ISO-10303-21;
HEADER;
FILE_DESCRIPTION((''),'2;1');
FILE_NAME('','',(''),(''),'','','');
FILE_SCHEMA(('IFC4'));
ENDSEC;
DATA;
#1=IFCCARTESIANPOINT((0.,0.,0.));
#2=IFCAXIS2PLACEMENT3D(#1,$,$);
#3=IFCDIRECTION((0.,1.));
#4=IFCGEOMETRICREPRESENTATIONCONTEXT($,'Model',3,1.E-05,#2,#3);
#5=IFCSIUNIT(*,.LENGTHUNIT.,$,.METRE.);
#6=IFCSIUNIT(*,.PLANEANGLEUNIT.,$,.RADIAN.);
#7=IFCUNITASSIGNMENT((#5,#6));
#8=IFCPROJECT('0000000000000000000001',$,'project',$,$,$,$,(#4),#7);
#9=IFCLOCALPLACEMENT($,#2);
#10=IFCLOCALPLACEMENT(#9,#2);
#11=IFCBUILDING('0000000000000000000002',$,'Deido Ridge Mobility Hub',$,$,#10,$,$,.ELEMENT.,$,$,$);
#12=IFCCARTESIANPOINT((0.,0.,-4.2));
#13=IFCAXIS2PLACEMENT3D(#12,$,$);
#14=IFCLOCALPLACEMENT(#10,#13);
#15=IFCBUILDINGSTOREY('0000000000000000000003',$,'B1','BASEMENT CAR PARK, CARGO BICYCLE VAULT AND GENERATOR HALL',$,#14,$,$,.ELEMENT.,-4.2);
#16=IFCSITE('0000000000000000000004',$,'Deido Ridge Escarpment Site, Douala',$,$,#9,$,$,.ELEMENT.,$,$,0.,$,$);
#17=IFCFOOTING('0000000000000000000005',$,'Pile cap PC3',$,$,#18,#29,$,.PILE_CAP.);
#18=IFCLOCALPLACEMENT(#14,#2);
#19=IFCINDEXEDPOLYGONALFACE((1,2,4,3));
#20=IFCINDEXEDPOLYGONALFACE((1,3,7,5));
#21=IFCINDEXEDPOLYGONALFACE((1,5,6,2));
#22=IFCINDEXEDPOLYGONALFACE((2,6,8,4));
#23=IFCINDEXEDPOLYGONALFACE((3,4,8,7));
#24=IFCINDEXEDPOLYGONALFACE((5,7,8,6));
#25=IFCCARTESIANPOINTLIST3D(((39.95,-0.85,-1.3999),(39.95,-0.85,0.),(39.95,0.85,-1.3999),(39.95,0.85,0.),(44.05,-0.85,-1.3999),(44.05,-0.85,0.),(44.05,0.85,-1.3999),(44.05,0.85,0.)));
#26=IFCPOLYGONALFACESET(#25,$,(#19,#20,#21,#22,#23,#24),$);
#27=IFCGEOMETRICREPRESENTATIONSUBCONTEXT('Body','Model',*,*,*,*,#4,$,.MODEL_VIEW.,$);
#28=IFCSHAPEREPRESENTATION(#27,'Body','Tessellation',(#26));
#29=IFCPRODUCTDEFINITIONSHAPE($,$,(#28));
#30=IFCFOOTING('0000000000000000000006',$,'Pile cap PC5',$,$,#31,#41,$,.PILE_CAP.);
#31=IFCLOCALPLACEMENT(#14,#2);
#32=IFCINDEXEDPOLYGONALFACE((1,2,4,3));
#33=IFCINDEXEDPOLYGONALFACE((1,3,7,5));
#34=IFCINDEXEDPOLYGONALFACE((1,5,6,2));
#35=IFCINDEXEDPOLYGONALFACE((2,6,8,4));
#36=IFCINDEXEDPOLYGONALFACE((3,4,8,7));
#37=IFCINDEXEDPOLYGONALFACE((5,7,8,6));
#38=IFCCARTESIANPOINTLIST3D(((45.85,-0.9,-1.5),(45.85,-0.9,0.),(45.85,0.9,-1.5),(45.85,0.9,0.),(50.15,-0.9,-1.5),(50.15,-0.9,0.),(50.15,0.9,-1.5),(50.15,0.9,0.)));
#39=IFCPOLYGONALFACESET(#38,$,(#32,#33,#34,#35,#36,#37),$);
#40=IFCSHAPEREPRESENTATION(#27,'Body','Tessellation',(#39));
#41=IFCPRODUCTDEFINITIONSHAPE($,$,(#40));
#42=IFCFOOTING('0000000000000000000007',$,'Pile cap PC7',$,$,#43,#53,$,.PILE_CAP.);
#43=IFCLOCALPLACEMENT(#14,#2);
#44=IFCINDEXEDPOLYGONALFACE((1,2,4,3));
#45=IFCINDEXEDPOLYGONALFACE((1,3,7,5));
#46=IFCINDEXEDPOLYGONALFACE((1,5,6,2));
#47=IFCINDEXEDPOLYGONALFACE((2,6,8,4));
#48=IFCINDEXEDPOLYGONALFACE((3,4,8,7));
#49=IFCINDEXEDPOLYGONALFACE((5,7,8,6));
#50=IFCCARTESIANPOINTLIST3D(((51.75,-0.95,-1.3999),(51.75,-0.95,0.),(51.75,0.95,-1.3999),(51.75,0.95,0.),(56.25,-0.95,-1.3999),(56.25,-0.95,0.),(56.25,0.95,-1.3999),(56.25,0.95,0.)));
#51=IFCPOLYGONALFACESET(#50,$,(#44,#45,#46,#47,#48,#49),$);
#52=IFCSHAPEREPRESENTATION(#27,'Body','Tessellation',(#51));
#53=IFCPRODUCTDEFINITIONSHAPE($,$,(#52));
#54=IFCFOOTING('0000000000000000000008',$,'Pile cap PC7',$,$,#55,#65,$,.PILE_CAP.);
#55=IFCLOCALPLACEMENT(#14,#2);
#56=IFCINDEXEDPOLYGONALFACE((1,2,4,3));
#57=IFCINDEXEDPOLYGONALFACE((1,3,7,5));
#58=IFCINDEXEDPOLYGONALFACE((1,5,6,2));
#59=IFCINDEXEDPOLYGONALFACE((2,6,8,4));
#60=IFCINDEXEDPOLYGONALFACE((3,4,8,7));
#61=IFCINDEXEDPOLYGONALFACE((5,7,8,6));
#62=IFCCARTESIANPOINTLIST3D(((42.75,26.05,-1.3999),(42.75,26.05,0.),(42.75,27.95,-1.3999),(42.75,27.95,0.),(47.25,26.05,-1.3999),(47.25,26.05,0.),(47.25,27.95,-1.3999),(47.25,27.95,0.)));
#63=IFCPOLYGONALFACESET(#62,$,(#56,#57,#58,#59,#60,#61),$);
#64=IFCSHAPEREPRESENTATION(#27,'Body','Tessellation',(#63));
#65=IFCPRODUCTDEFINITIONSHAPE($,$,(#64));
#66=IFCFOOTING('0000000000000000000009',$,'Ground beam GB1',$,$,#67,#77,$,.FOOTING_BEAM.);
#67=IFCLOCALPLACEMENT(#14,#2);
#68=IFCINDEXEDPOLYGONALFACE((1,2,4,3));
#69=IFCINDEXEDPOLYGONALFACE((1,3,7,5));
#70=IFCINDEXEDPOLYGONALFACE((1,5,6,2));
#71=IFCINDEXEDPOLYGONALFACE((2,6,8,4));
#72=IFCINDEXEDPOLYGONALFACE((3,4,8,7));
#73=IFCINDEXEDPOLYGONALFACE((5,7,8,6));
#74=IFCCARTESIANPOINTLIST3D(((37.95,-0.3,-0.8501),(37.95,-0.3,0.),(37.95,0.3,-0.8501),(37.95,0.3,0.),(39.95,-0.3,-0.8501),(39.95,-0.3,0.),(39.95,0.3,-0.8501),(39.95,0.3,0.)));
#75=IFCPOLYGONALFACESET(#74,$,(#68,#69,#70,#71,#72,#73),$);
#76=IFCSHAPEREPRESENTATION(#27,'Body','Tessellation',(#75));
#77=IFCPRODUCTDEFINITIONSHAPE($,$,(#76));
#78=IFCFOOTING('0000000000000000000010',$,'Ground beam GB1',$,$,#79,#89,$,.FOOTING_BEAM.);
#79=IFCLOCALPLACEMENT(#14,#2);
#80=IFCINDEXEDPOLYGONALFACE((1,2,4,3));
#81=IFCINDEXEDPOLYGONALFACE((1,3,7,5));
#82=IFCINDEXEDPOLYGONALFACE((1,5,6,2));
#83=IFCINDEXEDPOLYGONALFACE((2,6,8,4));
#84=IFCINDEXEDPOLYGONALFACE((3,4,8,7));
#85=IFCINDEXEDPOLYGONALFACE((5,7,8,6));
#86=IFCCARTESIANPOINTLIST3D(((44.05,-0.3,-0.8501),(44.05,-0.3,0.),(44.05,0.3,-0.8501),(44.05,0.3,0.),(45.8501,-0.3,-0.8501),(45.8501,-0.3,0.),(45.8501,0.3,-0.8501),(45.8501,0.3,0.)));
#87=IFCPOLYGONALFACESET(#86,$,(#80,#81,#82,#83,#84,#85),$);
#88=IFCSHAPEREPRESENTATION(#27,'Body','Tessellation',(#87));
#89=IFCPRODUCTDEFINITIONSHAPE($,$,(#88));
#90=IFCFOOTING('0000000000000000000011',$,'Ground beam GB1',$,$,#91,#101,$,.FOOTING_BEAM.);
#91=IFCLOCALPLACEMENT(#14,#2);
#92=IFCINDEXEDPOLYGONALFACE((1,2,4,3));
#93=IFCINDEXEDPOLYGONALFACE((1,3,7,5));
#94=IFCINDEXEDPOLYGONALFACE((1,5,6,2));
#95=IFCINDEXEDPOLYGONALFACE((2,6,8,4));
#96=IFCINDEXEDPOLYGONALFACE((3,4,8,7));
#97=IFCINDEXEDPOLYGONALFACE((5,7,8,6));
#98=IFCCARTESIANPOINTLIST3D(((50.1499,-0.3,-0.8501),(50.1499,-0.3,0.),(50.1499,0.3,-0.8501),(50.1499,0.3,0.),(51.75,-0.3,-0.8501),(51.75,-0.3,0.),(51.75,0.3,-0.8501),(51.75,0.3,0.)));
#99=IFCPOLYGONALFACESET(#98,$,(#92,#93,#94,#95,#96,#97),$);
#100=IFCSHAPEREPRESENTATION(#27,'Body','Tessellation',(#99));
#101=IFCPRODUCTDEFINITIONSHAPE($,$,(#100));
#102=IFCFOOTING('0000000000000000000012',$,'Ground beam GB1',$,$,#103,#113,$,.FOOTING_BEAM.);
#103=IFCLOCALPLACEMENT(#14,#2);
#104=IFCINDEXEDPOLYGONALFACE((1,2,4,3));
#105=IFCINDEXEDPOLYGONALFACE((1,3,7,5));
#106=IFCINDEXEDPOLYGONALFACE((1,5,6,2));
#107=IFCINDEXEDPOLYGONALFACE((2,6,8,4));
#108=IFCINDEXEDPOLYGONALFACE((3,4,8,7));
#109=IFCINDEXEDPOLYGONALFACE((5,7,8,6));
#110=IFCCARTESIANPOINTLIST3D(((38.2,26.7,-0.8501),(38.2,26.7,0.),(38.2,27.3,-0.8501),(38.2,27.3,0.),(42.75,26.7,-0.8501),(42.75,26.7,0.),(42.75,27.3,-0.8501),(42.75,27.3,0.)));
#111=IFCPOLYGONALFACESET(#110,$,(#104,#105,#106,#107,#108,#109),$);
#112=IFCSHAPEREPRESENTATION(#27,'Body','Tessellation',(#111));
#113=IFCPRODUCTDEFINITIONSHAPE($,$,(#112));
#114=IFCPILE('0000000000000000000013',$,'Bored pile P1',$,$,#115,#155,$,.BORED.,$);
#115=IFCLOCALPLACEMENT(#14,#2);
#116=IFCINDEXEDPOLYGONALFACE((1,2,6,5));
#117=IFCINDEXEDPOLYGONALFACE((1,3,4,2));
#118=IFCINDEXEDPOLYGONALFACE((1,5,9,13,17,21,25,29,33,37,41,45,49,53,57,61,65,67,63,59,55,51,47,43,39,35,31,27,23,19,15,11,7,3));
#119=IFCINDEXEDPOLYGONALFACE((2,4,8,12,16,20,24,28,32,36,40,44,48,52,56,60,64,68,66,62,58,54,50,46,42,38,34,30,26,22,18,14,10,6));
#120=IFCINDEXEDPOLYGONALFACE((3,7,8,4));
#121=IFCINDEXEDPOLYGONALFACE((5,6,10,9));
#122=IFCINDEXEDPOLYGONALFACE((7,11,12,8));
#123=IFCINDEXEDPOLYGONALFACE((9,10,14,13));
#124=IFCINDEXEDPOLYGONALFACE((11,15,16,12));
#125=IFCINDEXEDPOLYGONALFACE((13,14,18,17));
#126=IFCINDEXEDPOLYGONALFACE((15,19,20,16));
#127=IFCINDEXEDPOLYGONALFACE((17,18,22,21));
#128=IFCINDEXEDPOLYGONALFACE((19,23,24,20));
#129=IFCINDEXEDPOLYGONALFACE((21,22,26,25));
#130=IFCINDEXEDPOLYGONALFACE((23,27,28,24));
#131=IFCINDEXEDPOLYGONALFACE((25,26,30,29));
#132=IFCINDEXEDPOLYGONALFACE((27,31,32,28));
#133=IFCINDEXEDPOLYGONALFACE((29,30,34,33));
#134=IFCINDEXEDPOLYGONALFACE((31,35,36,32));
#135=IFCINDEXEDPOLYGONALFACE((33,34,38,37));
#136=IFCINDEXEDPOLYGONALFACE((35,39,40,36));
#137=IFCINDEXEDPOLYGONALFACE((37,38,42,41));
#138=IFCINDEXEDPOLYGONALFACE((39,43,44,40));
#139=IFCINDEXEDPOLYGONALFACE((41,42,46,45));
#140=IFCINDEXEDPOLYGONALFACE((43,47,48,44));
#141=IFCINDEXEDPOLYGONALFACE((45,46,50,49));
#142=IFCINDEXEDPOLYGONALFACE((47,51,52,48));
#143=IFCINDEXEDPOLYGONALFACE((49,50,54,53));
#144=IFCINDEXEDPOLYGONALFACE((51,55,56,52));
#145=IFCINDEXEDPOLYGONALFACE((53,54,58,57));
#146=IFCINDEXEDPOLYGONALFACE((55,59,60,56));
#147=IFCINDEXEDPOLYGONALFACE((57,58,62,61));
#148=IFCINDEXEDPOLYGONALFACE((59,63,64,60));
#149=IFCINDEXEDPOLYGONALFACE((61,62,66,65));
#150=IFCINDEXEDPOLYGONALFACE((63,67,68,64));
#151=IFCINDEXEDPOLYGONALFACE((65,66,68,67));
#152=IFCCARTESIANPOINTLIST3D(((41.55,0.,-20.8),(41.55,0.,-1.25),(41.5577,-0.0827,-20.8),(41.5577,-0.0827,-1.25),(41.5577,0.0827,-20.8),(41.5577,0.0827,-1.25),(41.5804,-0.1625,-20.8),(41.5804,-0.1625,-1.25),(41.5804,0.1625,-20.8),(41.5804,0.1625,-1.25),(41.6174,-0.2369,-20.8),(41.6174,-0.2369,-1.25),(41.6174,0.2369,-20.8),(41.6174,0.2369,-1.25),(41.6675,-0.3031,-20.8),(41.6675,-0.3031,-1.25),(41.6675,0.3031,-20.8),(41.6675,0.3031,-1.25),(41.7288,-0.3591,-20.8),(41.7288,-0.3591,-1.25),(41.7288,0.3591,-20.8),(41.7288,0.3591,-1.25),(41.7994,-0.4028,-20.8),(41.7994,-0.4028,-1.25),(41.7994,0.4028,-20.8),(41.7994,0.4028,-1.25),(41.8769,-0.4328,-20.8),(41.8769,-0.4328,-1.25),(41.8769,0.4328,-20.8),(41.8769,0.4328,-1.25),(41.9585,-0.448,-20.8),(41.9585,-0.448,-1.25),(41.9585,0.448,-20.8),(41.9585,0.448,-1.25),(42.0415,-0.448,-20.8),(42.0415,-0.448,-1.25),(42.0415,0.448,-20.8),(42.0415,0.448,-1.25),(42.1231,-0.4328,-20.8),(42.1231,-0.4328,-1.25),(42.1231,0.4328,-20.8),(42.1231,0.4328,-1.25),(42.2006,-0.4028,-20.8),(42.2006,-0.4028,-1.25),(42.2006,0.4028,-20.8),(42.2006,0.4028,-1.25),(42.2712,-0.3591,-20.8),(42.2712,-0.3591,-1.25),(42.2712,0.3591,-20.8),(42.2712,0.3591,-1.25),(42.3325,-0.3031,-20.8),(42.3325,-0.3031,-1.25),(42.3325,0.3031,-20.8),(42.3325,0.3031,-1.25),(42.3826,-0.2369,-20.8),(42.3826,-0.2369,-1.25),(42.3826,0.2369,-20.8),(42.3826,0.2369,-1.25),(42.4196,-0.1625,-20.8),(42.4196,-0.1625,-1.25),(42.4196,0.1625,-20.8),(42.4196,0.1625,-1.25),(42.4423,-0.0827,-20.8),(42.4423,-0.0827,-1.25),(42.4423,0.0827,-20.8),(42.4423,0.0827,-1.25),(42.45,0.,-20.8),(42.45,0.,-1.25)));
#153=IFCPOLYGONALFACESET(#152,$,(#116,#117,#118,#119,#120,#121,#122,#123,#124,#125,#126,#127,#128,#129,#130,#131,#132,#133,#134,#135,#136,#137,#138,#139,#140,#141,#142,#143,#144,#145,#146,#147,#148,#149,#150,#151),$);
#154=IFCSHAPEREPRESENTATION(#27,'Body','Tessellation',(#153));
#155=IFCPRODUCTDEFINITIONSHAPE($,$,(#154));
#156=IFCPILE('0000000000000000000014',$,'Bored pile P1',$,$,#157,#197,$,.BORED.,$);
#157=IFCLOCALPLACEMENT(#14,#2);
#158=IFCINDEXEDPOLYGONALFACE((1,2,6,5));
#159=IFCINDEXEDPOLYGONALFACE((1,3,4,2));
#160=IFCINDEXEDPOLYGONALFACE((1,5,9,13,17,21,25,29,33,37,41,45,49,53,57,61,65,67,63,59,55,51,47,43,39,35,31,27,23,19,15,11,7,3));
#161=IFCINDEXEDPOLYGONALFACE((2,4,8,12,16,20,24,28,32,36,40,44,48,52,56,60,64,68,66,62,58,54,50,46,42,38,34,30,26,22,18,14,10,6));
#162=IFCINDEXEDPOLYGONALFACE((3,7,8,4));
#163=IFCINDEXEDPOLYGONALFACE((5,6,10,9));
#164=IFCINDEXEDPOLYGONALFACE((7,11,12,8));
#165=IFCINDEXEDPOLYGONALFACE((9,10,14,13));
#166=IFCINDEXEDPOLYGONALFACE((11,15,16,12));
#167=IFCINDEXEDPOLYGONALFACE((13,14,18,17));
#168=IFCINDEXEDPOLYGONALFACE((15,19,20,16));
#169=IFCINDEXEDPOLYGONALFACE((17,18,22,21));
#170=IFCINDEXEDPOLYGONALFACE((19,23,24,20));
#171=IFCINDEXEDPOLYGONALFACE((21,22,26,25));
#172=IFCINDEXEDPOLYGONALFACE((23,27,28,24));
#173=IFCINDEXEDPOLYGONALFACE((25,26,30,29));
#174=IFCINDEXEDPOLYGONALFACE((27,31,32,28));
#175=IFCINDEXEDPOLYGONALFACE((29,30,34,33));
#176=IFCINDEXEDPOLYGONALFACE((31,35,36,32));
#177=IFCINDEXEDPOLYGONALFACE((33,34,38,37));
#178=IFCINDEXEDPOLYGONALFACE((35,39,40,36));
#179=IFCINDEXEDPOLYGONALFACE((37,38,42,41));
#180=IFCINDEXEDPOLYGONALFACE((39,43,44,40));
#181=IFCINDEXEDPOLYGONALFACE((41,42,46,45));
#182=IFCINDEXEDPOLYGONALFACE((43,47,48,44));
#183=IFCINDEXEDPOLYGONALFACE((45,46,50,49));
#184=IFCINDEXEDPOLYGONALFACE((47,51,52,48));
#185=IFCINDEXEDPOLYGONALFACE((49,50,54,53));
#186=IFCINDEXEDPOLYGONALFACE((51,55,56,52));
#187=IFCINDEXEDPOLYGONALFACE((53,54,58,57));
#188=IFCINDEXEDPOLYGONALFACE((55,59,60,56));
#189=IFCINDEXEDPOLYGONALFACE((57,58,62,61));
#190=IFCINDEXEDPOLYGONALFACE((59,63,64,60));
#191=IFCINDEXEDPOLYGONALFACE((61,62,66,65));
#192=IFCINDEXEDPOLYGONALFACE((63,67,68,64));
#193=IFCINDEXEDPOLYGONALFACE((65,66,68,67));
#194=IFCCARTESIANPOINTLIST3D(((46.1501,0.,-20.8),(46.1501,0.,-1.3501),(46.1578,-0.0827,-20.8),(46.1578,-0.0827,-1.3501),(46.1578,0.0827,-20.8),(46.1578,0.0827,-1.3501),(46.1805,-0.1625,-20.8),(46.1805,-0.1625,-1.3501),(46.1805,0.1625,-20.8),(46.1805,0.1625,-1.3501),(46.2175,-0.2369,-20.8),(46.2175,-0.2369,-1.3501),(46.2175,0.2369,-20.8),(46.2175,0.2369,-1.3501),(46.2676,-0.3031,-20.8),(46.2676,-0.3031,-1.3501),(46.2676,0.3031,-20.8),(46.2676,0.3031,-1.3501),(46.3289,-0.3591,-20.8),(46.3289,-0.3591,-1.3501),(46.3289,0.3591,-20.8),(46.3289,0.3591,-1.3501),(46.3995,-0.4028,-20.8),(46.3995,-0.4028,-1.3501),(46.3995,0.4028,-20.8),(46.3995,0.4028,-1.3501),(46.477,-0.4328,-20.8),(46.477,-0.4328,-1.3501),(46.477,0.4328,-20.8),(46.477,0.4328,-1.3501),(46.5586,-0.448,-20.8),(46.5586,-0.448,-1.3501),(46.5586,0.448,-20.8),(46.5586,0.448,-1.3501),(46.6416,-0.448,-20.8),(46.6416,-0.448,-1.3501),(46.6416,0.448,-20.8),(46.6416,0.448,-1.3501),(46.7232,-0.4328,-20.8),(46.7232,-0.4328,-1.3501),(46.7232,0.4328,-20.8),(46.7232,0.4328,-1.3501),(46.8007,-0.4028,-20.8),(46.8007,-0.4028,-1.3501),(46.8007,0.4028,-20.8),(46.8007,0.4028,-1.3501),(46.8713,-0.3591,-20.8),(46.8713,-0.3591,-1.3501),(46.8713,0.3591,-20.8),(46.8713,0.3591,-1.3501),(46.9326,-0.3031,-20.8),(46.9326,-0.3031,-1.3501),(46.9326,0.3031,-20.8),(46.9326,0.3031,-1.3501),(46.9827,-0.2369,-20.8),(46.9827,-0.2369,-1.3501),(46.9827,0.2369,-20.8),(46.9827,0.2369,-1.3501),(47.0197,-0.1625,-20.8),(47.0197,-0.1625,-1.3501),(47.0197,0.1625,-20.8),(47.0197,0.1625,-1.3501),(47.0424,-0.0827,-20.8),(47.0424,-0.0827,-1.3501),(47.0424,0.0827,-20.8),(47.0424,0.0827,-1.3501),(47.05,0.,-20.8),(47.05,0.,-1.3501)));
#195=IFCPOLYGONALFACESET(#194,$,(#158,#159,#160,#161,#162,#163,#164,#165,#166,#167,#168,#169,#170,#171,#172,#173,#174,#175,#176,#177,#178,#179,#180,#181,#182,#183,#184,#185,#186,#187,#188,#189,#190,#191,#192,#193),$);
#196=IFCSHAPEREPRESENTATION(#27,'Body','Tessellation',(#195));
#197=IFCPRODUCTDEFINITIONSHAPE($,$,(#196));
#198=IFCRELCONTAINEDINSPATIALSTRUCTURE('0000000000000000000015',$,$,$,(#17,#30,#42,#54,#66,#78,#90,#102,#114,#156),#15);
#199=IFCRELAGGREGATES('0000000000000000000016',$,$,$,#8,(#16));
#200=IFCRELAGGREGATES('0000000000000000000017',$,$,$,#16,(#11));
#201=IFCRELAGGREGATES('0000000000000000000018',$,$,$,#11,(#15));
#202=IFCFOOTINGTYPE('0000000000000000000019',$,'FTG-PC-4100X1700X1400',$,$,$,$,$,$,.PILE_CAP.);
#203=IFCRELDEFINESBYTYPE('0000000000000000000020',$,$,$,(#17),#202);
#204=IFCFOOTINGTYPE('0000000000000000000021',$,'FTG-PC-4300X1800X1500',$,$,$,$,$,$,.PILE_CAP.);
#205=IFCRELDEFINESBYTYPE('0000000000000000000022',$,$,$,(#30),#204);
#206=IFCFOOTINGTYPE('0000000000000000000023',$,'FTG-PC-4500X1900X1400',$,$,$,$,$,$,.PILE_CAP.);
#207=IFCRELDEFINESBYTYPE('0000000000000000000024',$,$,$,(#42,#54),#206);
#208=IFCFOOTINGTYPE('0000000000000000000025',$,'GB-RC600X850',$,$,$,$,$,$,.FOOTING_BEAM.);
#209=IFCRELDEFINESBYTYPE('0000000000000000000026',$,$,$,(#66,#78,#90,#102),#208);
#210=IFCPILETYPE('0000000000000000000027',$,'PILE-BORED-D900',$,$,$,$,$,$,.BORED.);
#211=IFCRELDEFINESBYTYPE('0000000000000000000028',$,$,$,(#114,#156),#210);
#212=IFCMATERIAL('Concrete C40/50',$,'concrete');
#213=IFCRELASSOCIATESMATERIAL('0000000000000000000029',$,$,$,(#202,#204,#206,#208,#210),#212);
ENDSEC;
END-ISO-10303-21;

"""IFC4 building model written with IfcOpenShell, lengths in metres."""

from ifc_helpers import new_model, si_unit, direction, frame, origin, origin_2d, place, context, subcontext, project, spatial, rectangle, circle, extrude, material, material_profile, profile_set, type_object, element, save


model = new_model("IFC4")

# Units and contexts
model_context = context("Model", 3, precision=1e-05, world=origin(), true_north=direction((0.0, 1.0)))
body_context = subcontext(model_context, "Body", "Model", "MODEL_VIEW")
ifc_project = project(units=[si_unit("LENGTHUNIT", "METRE"), si_unit("PLANEANGLEUNIT", "RADIAN")], contexts=[model_context])

# Site, building, storey
site_placement = place(None, origin())
site = spatial("IfcSite", under=ifc_project, at=site_placement, Name="Deido Ridge Escarpment Site, Douala", CompositionType="ELEMENT", RefElevation=0.0)
building_placement = place(site_placement, origin())
building = spatial("IfcBuilding", under=site, at=building_placement, Name="Deido Ridge Mobility Hub", CompositionType="ELEMENT")
storey_placement = place(building_placement, frame((0.0, 0.0, -4.2)))
storey = spatial("IfcBuildingStorey", under=building, at=storey_placement, Name="B1", Description="BASEMENT CAR PARK, CARGO BICYCLE VAULT AND GENERATOR HALL", CompositionType="ELEMENT", Elevation=-4.2)

# Footings
ifc_material_1 = material(Name="Concrete C40/50", Category="concrete")
footing_type_1 = type_object("IfcFootingType", Name="FTG-PC-4100X1700X1400", PredefinedType="PILE_CAP", material=ifc_material_1)
footing_1_placement = place(storey_placement, frame((42.0, 0.0, -1.3999), z_axis=(0.0, 0.0, 1.0), x_axis=(1.0, 0.0, 0.0)))
element("IfcFooting", 1, at=footing_1_placement, inside=storey, type_object=footing_type_1, Name="Pile cap PC3", PredefinedType="PILE_CAP", context=body_context, shape_type="SweptSolid", body=[
    extrude(rectangle(XDim=4.1001, YDim=1.7, at=origin_2d()), origin(), (0.0, 0.0, 1.0), 1.3999),
])
footing_type_2 = type_object("IfcFootingType", Name="FTG-PC-4300X1800X1500", PredefinedType="PILE_CAP", material=ifc_material_1)
footing_2_placement = place(storey_placement, frame((48.0, 0.0, -1.5), z_axis=(0.0, 0.0, 1.0), x_axis=(1.0, 0.0, 0.0)))
element("IfcFooting", 2, at=footing_2_placement, inside=storey, type_object=footing_type_2, Name="Pile cap PC5", PredefinedType="PILE_CAP", context=body_context, shape_type="SweptSolid", body=[
    extrude(rectangle(XDim=4.3, YDim=1.8, at=origin_2d()), origin(), (0.0, 0.0, 1.0), 1.5),
])
footing_type_3 = type_object("IfcFootingType", Name="FTG-PC-4500X1900X1400", PredefinedType="PILE_CAP", material=ifc_material_1)
for number, where, z_axis, x_axis, name in (
    (3, (54.0, 0.0, -1.3999), (0.0, 0.0, 1.0), (1.0, 0.0, 0.0), "Pile cap PC7"),
    (4, (45.0, 27.0, -1.3999), (0.0, 0.0, 1.0), (1.0, 0.0, 0.0), "Pile cap PC7"),
):
    element("IfcFooting", number, at=place(storey_placement, frame(where, z_axis=z_axis, x_axis=x_axis)), inside=storey, type_object=footing_type_3, Name=name, PredefinedType="PILE_CAP", context=body_context, shape_type="SweptSolid", body=[
        extrude(rectangle(XDim=4.5, YDim=1.8999, at=origin_2d()), origin(), (0.0, 0.0, 1.0), 1.3999),
    ])
ifc_material_profile_1 = material_profile(ifc_material_1, rectangle(XDim=0.6001, YDim=0.8501, at=origin_2d()), Name="RC GB 600x850")
ifc_profile_set_1 = profile_set([ifc_material_profile_1], Name="Concrete C40/50")
footing_type_4 = type_object("IfcFootingType", Name="GB-RC600X850", PredefinedType="FOOTING_BEAM", material=ifc_profile_set_1)
footing_3_placement = place(storey_placement, frame((37.95, 0.0, -0.425), z_axis=(1.0, 0.0, 0.0), x_axis=(0.0, 1.0, 0.0)))
element("IfcFooting", 5, at=footing_3_placement, inside=storey, type_object=footing_type_4, Name="Ground beam GB1", PredefinedType="FOOTING_BEAM", context=body_context, shape_type="SweptSolid", body=[
    extrude(rectangle(XDim=0.6001, YDim=0.8501, at=origin_2d()), origin(), (0.0, 0.0, 1.0), 2.0),
])
footing_4_placement = place(storey_placement, frame((44.05, 0.0, -0.425), z_axis=(1.0, 0.0, 0.0), x_axis=(0.0, 1.0, 0.0)))
element("IfcFooting", 6, at=footing_4_placement, inside=storey, type_object=footing_type_4, Name="Ground beam GB1", PredefinedType="FOOTING_BEAM", context=body_context, shape_type="SweptSolid", body=[
    extrude(rectangle(XDim=0.6001, YDim=0.8501, at=origin_2d()), origin(), (0.0, 0.0, 1.0), 1.8),
])
footing_5_placement = place(storey_placement, frame((50.1499, 0.0, -0.425), z_axis=(1.0, 0.0, 0.0), x_axis=(0.0, 1.0, 0.0)))
element("IfcFooting", 7, at=footing_5_placement, inside=storey, type_object=footing_type_4, Name="Ground beam GB1", PredefinedType="FOOTING_BEAM", context=body_context, shape_type="SweptSolid", body=[
    extrude(rectangle(XDim=0.6001, YDim=0.8501, at=origin_2d()), origin(), (0.0, 0.0, 1.0), 1.6001),
])
footing_6_placement = place(storey_placement, frame((38.2, 27.0, -0.425), z_axis=(1.0, 0.0, 0.0), x_axis=(0.0, 1.0, 0.0)))
element("IfcFooting", 8, at=footing_6_placement, inside=storey, type_object=footing_type_4, Name="Ground beam GB1", PredefinedType="FOOTING_BEAM", context=body_context, shape_type="SweptSolid", body=[
    extrude(rectangle(XDim=0.6001, YDim=0.8501, at=origin_2d()), origin(), (0.0, 0.0, 1.0), 4.55),
])

# Piles
ifc_material_profile_2 = material_profile(ifc_material_1, circle(Radius=0.45, at=origin_2d()), Name="BORED PILE D900")
ifc_profile_set_2 = profile_set([ifc_material_profile_2], Name="Concrete C40/50")
pile_type = type_object("IfcPileType", Name="PILE-BORED-D900", PredefinedType="BORED", material=ifc_profile_set_2)
pile_1_placement = place(storey_placement, frame((42.0, 0.0, -1.25), z_axis=(0.0, 0.0, -1.0), x_axis=(1.0, 0.0, 0.0)))
element("IfcPile", 9, at=pile_1_placement, inside=storey, type_object=pile_type, Name="Bored pile P1", PredefinedType="BORED", context=body_context, shape_type="SweptSolid", body=[
    extrude(circle(Radius=0.45, at=origin_2d()), origin(), (0.0, 0.0, 1.0), 19.55),
])
for number, where, z_axis, x_axis, name in (
    (10, (46.6001, 0.0, -1.3501), (0.0, 0.0, -1.0), (1.0, 0.0, 0.0), "Bored pile P1"),
):
    element("IfcPile", number, at=place(storey_placement, frame(where, z_axis=z_axis, x_axis=x_axis)), inside=storey, type_object=pile_type, Name=name, PredefinedType="BORED", context=body_context, shape_type="SweptSolid", body=[
        extrude(circle(Radius=0.45, at=origin_2d()), origin(), (0.0, 0.0, 1.0), 19.45),
    ])

save(model, "model.ifc")
